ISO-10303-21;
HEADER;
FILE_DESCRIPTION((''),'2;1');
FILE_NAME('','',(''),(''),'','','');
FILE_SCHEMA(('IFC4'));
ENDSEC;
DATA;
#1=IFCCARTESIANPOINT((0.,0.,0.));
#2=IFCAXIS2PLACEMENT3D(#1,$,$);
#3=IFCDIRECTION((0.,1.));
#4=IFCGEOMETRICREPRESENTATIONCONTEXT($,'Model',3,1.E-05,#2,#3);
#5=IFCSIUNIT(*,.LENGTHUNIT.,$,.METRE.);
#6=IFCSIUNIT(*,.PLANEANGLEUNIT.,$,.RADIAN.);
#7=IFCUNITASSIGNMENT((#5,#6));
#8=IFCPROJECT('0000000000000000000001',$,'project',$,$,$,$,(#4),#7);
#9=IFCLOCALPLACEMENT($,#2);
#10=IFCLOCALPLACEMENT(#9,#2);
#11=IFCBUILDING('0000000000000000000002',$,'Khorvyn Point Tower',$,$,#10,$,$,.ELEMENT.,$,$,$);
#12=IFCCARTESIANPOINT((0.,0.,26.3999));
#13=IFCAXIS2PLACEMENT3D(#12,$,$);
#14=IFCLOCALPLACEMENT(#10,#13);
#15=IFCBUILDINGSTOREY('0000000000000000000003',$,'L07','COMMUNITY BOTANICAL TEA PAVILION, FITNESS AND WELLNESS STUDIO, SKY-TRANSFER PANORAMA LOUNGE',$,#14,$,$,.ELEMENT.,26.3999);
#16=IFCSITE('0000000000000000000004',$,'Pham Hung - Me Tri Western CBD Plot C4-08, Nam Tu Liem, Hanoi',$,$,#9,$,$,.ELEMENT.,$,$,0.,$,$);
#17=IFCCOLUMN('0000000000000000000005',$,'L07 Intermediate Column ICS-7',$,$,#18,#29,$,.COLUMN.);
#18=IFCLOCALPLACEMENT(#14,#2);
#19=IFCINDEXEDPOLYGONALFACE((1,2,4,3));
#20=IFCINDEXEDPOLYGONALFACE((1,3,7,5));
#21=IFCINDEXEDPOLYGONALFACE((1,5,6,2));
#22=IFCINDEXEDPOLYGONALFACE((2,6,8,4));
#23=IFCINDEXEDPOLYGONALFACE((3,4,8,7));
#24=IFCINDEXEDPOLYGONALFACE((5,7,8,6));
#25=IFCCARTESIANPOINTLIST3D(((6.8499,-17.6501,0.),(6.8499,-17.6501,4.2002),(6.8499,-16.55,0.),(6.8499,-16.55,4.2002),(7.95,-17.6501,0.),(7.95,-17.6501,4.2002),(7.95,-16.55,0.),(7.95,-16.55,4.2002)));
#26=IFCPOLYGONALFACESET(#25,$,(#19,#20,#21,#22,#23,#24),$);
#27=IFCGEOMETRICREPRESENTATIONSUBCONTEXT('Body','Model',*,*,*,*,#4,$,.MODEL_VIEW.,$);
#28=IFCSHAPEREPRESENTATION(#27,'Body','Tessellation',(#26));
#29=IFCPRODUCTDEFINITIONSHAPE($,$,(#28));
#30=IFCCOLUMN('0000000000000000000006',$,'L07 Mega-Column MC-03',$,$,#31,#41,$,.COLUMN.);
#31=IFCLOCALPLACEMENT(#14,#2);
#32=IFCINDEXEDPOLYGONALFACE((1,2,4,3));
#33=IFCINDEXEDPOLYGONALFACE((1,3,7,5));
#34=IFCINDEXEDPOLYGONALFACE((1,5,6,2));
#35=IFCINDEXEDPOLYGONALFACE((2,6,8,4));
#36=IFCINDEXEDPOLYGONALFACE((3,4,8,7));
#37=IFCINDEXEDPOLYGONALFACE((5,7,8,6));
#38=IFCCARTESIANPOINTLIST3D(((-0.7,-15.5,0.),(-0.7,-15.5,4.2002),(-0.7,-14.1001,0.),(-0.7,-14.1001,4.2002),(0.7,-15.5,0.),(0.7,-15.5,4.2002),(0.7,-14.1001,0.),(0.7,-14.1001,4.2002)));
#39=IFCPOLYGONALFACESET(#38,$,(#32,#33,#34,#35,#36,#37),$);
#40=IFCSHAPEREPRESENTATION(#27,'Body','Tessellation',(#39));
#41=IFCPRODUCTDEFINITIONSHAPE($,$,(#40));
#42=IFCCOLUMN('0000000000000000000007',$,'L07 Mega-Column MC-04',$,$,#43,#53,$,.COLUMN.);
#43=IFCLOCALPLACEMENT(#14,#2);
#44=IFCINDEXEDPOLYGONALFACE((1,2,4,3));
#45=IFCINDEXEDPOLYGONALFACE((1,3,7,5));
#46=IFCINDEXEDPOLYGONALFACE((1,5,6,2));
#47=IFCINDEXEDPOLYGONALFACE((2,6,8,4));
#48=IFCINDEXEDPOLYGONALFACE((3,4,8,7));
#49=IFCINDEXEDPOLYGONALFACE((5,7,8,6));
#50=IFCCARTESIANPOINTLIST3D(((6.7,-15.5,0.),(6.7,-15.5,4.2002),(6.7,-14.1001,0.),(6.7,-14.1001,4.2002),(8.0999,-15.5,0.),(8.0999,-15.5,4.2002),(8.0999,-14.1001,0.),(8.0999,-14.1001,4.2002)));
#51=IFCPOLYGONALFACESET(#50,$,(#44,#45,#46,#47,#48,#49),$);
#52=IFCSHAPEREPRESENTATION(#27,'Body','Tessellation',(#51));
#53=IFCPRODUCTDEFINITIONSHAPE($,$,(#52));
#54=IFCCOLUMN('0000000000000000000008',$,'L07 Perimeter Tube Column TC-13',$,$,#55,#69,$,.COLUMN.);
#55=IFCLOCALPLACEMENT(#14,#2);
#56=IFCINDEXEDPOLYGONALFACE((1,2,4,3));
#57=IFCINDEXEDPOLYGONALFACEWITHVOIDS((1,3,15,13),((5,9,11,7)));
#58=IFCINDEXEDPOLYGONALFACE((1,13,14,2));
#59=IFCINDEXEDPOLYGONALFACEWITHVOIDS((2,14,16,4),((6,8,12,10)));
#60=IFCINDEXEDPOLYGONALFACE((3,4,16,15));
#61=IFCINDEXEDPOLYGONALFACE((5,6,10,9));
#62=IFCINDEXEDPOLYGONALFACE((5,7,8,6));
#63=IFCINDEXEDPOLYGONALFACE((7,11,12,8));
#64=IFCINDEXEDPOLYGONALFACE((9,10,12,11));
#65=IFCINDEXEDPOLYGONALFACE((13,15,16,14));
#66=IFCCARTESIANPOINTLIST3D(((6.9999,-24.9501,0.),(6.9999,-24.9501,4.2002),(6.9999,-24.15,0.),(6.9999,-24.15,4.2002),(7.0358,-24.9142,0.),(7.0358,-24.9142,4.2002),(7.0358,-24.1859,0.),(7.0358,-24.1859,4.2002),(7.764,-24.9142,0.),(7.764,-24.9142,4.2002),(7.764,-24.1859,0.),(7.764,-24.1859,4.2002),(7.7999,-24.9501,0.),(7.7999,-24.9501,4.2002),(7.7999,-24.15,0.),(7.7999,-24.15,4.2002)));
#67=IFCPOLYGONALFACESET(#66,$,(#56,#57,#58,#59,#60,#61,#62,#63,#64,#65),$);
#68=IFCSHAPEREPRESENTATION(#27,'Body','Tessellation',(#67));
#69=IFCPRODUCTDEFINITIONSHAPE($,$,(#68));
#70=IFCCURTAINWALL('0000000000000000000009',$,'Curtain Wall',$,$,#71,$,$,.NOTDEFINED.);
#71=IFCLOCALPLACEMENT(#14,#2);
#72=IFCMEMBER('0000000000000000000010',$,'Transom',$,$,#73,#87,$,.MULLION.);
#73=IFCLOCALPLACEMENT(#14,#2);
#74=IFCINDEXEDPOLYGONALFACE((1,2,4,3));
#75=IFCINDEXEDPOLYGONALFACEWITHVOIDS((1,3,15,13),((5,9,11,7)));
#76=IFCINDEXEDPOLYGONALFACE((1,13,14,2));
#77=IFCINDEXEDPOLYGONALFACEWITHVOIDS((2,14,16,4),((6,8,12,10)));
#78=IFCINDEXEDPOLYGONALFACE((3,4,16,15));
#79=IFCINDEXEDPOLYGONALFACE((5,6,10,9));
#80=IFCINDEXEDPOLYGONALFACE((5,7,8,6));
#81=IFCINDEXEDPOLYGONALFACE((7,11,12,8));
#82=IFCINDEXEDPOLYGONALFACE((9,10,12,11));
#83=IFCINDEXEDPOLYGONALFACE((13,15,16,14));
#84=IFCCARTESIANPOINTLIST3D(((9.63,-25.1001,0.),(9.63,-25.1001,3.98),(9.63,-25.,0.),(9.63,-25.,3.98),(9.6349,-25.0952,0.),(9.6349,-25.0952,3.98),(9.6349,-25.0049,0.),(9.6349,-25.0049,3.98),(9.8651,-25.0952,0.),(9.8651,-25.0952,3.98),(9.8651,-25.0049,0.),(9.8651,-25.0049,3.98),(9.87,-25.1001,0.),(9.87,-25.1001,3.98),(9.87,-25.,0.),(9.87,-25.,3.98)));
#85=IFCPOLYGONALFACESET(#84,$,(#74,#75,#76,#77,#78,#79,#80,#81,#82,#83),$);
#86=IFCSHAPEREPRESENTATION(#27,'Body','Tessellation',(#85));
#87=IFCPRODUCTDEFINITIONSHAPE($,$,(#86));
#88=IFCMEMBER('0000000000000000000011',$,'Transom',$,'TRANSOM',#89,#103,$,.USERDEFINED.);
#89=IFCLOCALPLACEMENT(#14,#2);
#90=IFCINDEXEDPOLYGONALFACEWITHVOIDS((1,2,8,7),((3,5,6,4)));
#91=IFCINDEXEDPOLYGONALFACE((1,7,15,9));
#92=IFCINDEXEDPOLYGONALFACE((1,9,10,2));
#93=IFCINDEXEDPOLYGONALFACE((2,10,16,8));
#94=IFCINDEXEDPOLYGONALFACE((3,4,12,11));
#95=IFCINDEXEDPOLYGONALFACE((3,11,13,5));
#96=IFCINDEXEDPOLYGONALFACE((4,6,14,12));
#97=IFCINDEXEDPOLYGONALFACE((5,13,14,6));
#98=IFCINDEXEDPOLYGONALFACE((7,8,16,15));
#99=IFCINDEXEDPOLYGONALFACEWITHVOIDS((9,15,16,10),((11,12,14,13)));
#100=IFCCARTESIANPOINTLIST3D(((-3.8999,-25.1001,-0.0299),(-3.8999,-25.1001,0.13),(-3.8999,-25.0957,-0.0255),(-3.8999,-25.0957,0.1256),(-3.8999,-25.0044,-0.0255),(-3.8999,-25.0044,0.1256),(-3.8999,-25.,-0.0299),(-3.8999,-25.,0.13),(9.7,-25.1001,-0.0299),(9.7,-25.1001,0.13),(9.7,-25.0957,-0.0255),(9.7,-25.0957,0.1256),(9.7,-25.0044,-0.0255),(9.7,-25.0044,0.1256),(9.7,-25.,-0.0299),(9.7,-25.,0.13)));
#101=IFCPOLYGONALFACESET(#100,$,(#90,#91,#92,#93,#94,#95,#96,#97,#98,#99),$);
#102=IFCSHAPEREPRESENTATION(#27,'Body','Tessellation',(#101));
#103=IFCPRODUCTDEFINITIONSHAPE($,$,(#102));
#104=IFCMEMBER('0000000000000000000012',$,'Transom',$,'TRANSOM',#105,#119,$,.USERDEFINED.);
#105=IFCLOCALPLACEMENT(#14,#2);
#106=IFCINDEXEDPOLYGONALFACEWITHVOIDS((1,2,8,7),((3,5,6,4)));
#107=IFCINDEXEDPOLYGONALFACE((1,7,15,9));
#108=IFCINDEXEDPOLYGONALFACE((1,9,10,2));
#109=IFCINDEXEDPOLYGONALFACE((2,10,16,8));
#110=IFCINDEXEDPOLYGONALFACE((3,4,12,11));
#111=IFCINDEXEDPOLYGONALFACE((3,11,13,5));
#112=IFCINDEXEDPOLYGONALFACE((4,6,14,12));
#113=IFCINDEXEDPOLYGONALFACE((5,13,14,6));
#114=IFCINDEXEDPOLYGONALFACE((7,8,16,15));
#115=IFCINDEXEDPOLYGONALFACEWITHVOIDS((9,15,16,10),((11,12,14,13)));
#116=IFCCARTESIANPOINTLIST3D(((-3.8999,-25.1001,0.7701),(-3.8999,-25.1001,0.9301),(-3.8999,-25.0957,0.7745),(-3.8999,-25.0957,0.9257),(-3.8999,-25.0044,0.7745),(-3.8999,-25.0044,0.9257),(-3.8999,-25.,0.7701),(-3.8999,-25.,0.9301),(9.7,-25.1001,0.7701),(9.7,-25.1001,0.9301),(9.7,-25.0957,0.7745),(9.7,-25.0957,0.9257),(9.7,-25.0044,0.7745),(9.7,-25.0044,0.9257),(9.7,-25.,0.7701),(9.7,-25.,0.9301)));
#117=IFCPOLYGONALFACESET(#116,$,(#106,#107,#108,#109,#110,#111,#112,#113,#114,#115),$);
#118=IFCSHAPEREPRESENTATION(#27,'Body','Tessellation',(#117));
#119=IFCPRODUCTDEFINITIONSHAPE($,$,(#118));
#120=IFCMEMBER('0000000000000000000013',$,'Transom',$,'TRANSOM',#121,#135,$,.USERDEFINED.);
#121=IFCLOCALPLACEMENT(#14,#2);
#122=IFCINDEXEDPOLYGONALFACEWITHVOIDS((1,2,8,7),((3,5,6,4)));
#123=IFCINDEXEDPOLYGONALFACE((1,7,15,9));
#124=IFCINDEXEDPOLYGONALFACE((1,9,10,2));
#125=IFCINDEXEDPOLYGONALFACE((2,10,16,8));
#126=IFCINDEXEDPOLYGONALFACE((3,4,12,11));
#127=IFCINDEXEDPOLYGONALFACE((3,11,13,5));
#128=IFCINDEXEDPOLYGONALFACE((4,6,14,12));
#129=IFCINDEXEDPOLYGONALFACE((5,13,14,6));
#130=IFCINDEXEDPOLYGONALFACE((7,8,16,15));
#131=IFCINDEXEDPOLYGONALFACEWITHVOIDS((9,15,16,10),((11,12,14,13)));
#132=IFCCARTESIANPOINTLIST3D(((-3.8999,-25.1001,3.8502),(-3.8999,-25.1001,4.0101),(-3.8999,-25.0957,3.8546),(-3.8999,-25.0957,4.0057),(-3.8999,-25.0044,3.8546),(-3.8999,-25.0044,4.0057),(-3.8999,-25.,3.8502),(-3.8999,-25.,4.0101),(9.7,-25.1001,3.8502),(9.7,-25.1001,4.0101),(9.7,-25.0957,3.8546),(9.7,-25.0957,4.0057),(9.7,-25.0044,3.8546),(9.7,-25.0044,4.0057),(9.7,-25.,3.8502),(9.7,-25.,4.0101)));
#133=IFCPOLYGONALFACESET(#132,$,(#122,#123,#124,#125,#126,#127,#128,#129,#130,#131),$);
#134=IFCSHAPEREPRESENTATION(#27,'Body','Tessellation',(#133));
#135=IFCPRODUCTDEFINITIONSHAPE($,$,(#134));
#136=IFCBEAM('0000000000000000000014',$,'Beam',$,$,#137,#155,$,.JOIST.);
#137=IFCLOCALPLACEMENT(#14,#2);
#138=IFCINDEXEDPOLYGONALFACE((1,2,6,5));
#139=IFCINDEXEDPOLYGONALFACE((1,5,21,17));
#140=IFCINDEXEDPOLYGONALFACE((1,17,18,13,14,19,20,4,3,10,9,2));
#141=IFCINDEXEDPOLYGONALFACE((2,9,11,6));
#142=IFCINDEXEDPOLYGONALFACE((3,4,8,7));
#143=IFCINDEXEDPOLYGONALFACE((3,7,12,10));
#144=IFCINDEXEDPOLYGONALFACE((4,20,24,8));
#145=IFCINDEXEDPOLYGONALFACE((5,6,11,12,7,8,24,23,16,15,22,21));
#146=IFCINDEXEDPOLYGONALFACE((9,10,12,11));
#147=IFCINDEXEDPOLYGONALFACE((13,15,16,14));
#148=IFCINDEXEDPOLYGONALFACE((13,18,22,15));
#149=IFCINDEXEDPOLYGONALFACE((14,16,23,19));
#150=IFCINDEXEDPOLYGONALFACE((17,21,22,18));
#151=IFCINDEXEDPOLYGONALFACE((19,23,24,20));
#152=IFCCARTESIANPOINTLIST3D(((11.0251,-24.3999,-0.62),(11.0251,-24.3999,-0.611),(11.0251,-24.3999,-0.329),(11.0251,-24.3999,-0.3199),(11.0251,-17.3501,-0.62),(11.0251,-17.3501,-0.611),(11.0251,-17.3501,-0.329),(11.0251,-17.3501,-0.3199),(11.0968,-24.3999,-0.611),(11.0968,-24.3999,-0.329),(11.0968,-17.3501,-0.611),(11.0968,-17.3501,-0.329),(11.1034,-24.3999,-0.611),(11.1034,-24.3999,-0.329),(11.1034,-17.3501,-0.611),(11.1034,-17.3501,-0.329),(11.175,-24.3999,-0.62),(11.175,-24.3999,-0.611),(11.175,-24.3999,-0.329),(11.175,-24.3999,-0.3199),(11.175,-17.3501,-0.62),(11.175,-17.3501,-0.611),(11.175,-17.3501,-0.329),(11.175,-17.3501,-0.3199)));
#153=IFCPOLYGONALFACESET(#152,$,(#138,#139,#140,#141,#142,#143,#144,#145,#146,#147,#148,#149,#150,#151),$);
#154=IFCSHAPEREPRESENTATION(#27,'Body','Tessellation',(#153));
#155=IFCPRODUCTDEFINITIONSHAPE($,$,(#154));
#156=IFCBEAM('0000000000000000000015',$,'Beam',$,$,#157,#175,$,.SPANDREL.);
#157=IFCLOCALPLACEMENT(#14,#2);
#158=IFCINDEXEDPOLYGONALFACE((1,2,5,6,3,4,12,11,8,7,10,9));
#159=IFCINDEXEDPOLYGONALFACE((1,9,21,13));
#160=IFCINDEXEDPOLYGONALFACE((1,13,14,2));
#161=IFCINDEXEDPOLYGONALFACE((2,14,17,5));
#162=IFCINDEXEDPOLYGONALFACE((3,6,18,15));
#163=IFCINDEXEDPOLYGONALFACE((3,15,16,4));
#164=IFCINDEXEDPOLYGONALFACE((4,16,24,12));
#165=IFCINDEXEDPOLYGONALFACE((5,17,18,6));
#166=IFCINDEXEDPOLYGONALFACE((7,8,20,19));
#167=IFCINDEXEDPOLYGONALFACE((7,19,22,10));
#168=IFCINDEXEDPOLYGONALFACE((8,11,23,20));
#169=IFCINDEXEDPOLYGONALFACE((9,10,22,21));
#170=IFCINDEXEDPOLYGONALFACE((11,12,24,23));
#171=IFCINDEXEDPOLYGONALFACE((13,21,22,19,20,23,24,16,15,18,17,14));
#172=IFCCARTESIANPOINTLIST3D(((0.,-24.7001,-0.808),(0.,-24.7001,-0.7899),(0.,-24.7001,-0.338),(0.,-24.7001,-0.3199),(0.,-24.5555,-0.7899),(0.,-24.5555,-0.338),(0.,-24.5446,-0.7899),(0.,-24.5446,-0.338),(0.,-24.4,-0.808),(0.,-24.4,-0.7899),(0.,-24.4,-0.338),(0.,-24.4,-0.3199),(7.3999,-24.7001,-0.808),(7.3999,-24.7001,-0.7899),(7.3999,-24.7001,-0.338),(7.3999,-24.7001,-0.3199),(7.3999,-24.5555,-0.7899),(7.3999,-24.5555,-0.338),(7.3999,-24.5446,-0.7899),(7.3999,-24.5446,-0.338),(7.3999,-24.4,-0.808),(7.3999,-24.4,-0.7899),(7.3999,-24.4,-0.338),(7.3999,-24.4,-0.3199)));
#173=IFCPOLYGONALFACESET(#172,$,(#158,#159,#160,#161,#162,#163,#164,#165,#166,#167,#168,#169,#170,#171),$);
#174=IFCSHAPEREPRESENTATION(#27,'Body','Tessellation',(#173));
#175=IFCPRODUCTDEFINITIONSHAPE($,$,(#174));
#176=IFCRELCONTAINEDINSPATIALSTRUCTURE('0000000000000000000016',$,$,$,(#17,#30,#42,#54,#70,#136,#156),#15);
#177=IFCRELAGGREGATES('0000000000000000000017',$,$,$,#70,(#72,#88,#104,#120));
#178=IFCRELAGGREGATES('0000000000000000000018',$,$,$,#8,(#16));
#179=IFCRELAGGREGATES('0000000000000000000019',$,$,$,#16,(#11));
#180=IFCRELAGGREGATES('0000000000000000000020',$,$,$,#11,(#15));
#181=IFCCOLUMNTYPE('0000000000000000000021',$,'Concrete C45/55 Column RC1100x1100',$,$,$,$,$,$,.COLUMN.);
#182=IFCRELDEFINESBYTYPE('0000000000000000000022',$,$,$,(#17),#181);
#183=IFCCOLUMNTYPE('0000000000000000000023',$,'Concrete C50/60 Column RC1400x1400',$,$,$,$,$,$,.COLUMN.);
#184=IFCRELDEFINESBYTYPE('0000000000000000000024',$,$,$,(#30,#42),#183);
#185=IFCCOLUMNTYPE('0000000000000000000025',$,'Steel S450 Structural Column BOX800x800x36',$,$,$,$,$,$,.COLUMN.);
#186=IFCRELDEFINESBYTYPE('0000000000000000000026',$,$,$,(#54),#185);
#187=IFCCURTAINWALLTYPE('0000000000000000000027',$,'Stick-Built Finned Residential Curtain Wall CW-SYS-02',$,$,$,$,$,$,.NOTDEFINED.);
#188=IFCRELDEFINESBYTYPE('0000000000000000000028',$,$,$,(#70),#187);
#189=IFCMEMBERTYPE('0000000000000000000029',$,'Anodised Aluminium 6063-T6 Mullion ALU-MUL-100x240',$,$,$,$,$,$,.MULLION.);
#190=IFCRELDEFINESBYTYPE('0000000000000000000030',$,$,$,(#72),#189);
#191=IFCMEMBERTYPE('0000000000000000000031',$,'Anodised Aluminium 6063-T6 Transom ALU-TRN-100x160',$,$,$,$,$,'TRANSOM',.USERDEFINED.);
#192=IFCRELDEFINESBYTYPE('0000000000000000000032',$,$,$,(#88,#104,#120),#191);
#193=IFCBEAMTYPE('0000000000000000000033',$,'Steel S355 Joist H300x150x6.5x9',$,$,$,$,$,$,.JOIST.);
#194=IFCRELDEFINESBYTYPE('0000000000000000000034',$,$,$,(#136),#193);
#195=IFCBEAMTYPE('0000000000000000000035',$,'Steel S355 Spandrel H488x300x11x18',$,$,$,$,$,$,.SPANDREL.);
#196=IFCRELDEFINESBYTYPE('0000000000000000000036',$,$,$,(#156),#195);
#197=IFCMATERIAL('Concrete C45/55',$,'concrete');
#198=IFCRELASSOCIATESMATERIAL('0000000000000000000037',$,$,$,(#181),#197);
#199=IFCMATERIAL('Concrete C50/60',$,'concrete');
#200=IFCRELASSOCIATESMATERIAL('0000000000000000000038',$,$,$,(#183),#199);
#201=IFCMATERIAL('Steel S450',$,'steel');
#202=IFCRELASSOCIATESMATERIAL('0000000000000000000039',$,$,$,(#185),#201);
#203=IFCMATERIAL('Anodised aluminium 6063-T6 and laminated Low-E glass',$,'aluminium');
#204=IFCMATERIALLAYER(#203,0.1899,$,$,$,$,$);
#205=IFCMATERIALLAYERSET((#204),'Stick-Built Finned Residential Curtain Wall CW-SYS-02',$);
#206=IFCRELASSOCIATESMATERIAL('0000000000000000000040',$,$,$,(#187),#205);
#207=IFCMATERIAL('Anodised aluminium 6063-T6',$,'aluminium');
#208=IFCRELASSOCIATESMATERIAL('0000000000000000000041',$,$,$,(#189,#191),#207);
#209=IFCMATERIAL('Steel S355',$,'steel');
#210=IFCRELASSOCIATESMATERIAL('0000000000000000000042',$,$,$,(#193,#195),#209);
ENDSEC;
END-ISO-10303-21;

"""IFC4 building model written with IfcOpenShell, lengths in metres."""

from ifc_helpers import new_model, si_unit, direction, frame, origin, origin_2d, place, context, subcontext, project, spatial, rectangle, hollow_rectangle, i_section, extrude, material, layer, layer_set, material_profile, profile_set, type_object, element, aggregate, save


model = new_model("IFC4")

# Units and contexts
model_context = context("Model", 3, precision=1e-05, world=origin(), true_north=direction((0.0, 1.0)))
body_context = subcontext(model_context, "Body", "Model", "MODEL_VIEW")
ifc_project = project(units=[si_unit("LENGTHUNIT", "METRE"), si_unit("PLANEANGLEUNIT", "RADIAN")], contexts=[model_context])

# Site, building, storey
site_placement = place(None, origin())
site = spatial("IfcSite", under=ifc_project, at=site_placement, Name="Pham Hung - Me Tri Western CBD Plot C4-08, Nam Tu Liem, Hanoi", CompositionType="ELEMENT", RefElevation=0.0)
building_placement = place(site_placement, origin())
building = spatial("IfcBuilding", under=site, at=building_placement, Name="Khorvyn Point Tower", CompositionType="ELEMENT")
storey_placement = place(building_placement, frame((0.0, 0.0, 26.3999)))
storey = spatial("IfcBuildingStorey", under=building, at=storey_placement, Name="L07", Description="COMMUNITY BOTANICAL TEA PAVILION, FITNESS AND WELLNESS STUDIO, SKY-TRANSFER PANORAMA LOUNGE", CompositionType="ELEMENT", Elevation=26.3999)

# Columns
ifc_material_1 = material(Name="Concrete C45/55", Category="concrete")
ifc_material_profile_1 = material_profile(ifc_material_1, rectangle(XDim=1.1001, YDim=1.1001, at=origin_2d()))
ifc_profile_set_1 = profile_set([ifc_material_profile_1], Name="Concrete C45/55 RC1100x1100")
column_type_1 = type_object("IfcColumnType", Name="Concrete C45/55 Column RC1100x1100", PredefinedType="COLUMN", material=ifc_profile_set_1)
column_1_placement = place(storey_placement, frame((7.3999, -17.1001, 0.0), z_axis=(0.0, 0.0, 1.0), x_axis=(1.0, 0.0, 0.0)))
element("IfcColumn", 1, at=column_1_placement, inside=storey, type_object=column_type_1, Name="L07 Intermediate Column ICS-7", PredefinedType="COLUMN", context=body_context, shape_type="SweptSolid", body=[
    extrude(rectangle(XDim=1.1001, YDim=1.1001, at=origin_2d()), origin(), (0.0, 0.0, 1.0), 4.2002),
])
ifc_material_2 = material(Name="Concrete C50/60", Category="concrete")
ifc_material_profile_2 = material_profile(ifc_material_2, rectangle(XDim=1.3999, YDim=1.3999, at=origin_2d()))
ifc_profile_set_2 = profile_set([ifc_material_profile_2], Name="Concrete C50/60 RC1400x1400")
column_type_2 = type_object("IfcColumnType", Name="Concrete C50/60 Column RC1400x1400", PredefinedType="COLUMN", material=ifc_profile_set_2)
for number, where, z_axis, x_axis, name in (
    (2, (0.0, -14.8, 0.0), (0.0, 0.0, 1.0), (1.0, 0.0, 0.0), "L07 Mega-Column MC-03"),
    (3, (7.3999, -14.8, 0.0), (0.0, 0.0, 1.0), (1.0, 0.0, 0.0), "L07 Mega-Column MC-04"),
):
    element("IfcColumn", number, at=place(storey_placement, frame(where, z_axis=z_axis, x_axis=x_axis)), inside=storey, type_object=column_type_2, Name=name, PredefinedType="COLUMN", context=body_context, shape_type="SweptSolid", body=[
        extrude(rectangle(XDim=1.3999, YDim=1.3999, at=origin_2d()), origin(), (0.0, 0.0, 1.0), 4.2002),
    ])
ifc_material_3 = material(Name="Steel S450", Category="steel")
ifc_material_profile_3 = material_profile(ifc_material_3, hollow_rectangle(XDim=0.8, YDim=0.8, WallThickness=0.0359, at=origin_2d()))
ifc_profile_set_3 = profile_set([ifc_material_profile_3], Name="Steel S450 BOX800x800x36")
column_type_3 = type_object("IfcColumnType", Name="Steel S450 Structural Column BOX800x800x36", PredefinedType="COLUMN", material=ifc_profile_set_3)
column_2_placement = place(storey_placement, frame((7.3999, -24.55, 0.0), z_axis=(0.0, 0.0, 1.0), x_axis=(1.0, 0.0, 0.0)))
element("IfcColumn", 4, at=column_2_placement, inside=storey, type_object=column_type_3, Name="L07 Perimeter Tube Column TC-13", PredefinedType="COLUMN", context=body_context, shape_type="SweptSolid", body=[
    extrude(hollow_rectangle(XDim=0.8, YDim=0.8, WallThickness=0.0359, at=origin_2d()), origin(), (0.0, 0.0, 1.0), 4.2002),
])

# Curtain wall, members
ifc_material_4 = material(Name="Anodised aluminium 6063-T6 and laminated Low-E glass", Category="aluminium")
ifc_layer_1 = layer(ifc_material_4, 0.1899)
ifc_layer_set_1 = layer_set([ifc_layer_1], Name="Stick-Built Finned Residential Curtain Wall CW-SYS-02")
curtain_wall_type = type_object("IfcCurtainWallType", Name="Stick-Built Finned Residential Curtain Wall CW-SYS-02", PredefinedType="NOTDEFINED", material=ifc_layer_set_1)
curtain_wall_placement = place(storey_placement, origin())
curtain_wall = element("IfcCurtainWall", 5, at=curtain_wall_placement, inside=storey, type_object=curtain_wall_type, Name="Curtain Wall", PredefinedType="NOTDEFINED")
ifc_material_5 = material(Name="Anodised aluminium 6063-T6", Category="aluminium")
ifc_material_profile_4 = material_profile(ifc_material_5, hollow_rectangle(XDim=0.1001, YDim=0.24, WallThickness=0.0049, at=origin_2d()))
ifc_profile_set_4 = profile_set([ifc_material_profile_4], Name="Anodised aluminium 6063-T6 ALU-MUL-100x240")
member_type_1 = type_object("IfcMemberType", Name="Anodised Aluminium 6063-T6 Mullion ALU-MUL-100x240", PredefinedType="MULLION", material=ifc_profile_set_4)
member_1_placement = place(storey_placement, frame((9.75, -25.05, 0.0), z_axis=(0.0, 0.0, 1.0), x_axis=(0.0, -1.0, 0.0)))
member_1 = element("IfcMember", 6, at=member_1_placement, type_object=member_type_1, Name="Transom", PredefinedType="MULLION", context=body_context, shape_type="SweptSolid", body=[
    extrude(hollow_rectangle(XDim=0.1001, YDim=0.24, WallThickness=0.0049, at=origin_2d()), origin(), (0.0, 0.0, 1.0), 3.98),
])
ifc_material_profile_5 = material_profile(ifc_material_5, hollow_rectangle(XDim=0.1001, YDim=0.1599, WallThickness=0.0044, at=origin_2d()))
ifc_profile_set_5 = profile_set([ifc_material_profile_5], Name="Anodised aluminium 6063-T6 ALU-TRN-100x160")
member_type_2 = type_object("IfcMemberType", Name="Anodised Aluminium 6063-T6 Transom ALU-TRN-100x160", ElementType="TRANSOM", PredefinedType="USERDEFINED", material=ifc_profile_set_5)
member_2_placement = place(storey_placement, frame((9.7, -25.05, 0.05), z_axis=(-1.0, 0.0, 0.0), x_axis=(0.0, -1.0, 0.0)))
member_2 = element("IfcMember", 7, at=member_2_placement, type_object=member_type_2, Name="Transom", ObjectType="TRANSOM", PredefinedType="USERDEFINED", context=body_context, shape_type="SweptSolid", body=[
    extrude(hollow_rectangle(XDim=0.1001, YDim=0.1599, WallThickness=0.0044, at=origin_2d()), origin(), (0.0, 0.0, 1.0), 13.5999),
])
member_3_placement = place(storey_placement, frame((9.7, -25.05, 0.8501), z_axis=(-1.0, 0.0, 0.0), x_axis=(0.0, -1.0, 0.0)))
member_3 = element("IfcMember", 8, at=member_3_placement, type_object=member_type_2, Name="Transom", ObjectType="TRANSOM", PredefinedType="USERDEFINED", context=body_context, shape_type="SweptSolid", body=[
    extrude(hollow_rectangle(XDim=0.1001, YDim=0.1599, WallThickness=0.0044, at=origin_2d()), origin(), (0.0, 0.0, 1.0), 13.5999),
])
member_4_placement = place(storey_placement, frame((9.7, -25.05, 3.9302), z_axis=(-1.0, 0.0, 0.0), x_axis=(0.0, -1.0, 0.0)))
member_4 = element("IfcMember", 9, at=member_4_placement, type_object=member_type_2, Name="Transom", ObjectType="TRANSOM", PredefinedType="USERDEFINED", context=body_context, shape_type="SweptSolid", body=[
    extrude(hollow_rectangle(XDim=0.1001, YDim=0.1599, WallThickness=0.0044, at=origin_2d()), origin(), (0.0, 0.0, 1.0), 13.5999),
])

# Beams
ifc_material_6 = material(Name="Steel S355", Category="steel")
ifc_material_profile_6 = material_profile(ifc_material_6, i_section(OverallWidth=0.1499, OverallDepth=0.3, WebThickness=0.0066, FlangeThickness=0.009, at=origin_2d()))
ifc_profile_set_6 = profile_set([ifc_material_profile_6], Name="Steel S355 H300x150x6.5x9")
beam_type_1 = type_object("IfcBeamType", Name="Steel S355 Joist H300x150x6.5x9", PredefinedType="JOIST", material=ifc_profile_set_6)
beam_1_placement = place(storey_placement, frame((11.1001, -24.3999, -0.47), z_axis=(0.0, 1.0, 0.0), x_axis=(-1.0, 0.0, 0.0)))
element("IfcBeam", 10, at=beam_1_placement, inside=storey, type_object=beam_type_1, Name="Beam", PredefinedType="JOIST", context=body_context, shape_type="SweptSolid", body=[
    extrude(i_section(OverallWidth=0.1499, OverallDepth=0.3, WebThickness=0.0066, FlangeThickness=0.009, at=origin_2d()), origin(), (0.0, 0.0, 1.0), 7.0498),
])
ifc_material_profile_7 = material_profile(ifc_material_6, i_section(OverallWidth=0.3, OverallDepth=0.488, WebThickness=0.011, FlangeThickness=0.0181, at=origin_2d()))
ifc_profile_set_7 = profile_set([ifc_material_profile_7], Name="Steel S355 H488x300x11x18")
beam_type_2 = type_object("IfcBeamType", Name="Steel S355 Spandrel H488x300x11x18", PredefinedType="SPANDREL", material=ifc_profile_set_7)
beam_2_placement = place(storey_placement, frame((0.0, -24.55, -0.564), z_axis=(1.0, 0.0, 0.0), x_axis=(0.0, 1.0, 0.0)))
element("IfcBeam", 11, at=beam_2_placement, inside=storey, type_object=beam_type_2, Name="Beam", PredefinedType="SPANDREL", context=body_context, shape_type="SweptSolid", body=[
    extrude(i_section(OverallWidth=0.3, OverallDepth=0.488, WebThickness=0.011, FlangeThickness=0.0181, at=origin_2d()), origin(), (0.0, 0.0, 1.0), 7.3999),
])

aggregate(curtain_wall, [member_1, member_2, member_3, member_4])

save(model, "model.ifc")
